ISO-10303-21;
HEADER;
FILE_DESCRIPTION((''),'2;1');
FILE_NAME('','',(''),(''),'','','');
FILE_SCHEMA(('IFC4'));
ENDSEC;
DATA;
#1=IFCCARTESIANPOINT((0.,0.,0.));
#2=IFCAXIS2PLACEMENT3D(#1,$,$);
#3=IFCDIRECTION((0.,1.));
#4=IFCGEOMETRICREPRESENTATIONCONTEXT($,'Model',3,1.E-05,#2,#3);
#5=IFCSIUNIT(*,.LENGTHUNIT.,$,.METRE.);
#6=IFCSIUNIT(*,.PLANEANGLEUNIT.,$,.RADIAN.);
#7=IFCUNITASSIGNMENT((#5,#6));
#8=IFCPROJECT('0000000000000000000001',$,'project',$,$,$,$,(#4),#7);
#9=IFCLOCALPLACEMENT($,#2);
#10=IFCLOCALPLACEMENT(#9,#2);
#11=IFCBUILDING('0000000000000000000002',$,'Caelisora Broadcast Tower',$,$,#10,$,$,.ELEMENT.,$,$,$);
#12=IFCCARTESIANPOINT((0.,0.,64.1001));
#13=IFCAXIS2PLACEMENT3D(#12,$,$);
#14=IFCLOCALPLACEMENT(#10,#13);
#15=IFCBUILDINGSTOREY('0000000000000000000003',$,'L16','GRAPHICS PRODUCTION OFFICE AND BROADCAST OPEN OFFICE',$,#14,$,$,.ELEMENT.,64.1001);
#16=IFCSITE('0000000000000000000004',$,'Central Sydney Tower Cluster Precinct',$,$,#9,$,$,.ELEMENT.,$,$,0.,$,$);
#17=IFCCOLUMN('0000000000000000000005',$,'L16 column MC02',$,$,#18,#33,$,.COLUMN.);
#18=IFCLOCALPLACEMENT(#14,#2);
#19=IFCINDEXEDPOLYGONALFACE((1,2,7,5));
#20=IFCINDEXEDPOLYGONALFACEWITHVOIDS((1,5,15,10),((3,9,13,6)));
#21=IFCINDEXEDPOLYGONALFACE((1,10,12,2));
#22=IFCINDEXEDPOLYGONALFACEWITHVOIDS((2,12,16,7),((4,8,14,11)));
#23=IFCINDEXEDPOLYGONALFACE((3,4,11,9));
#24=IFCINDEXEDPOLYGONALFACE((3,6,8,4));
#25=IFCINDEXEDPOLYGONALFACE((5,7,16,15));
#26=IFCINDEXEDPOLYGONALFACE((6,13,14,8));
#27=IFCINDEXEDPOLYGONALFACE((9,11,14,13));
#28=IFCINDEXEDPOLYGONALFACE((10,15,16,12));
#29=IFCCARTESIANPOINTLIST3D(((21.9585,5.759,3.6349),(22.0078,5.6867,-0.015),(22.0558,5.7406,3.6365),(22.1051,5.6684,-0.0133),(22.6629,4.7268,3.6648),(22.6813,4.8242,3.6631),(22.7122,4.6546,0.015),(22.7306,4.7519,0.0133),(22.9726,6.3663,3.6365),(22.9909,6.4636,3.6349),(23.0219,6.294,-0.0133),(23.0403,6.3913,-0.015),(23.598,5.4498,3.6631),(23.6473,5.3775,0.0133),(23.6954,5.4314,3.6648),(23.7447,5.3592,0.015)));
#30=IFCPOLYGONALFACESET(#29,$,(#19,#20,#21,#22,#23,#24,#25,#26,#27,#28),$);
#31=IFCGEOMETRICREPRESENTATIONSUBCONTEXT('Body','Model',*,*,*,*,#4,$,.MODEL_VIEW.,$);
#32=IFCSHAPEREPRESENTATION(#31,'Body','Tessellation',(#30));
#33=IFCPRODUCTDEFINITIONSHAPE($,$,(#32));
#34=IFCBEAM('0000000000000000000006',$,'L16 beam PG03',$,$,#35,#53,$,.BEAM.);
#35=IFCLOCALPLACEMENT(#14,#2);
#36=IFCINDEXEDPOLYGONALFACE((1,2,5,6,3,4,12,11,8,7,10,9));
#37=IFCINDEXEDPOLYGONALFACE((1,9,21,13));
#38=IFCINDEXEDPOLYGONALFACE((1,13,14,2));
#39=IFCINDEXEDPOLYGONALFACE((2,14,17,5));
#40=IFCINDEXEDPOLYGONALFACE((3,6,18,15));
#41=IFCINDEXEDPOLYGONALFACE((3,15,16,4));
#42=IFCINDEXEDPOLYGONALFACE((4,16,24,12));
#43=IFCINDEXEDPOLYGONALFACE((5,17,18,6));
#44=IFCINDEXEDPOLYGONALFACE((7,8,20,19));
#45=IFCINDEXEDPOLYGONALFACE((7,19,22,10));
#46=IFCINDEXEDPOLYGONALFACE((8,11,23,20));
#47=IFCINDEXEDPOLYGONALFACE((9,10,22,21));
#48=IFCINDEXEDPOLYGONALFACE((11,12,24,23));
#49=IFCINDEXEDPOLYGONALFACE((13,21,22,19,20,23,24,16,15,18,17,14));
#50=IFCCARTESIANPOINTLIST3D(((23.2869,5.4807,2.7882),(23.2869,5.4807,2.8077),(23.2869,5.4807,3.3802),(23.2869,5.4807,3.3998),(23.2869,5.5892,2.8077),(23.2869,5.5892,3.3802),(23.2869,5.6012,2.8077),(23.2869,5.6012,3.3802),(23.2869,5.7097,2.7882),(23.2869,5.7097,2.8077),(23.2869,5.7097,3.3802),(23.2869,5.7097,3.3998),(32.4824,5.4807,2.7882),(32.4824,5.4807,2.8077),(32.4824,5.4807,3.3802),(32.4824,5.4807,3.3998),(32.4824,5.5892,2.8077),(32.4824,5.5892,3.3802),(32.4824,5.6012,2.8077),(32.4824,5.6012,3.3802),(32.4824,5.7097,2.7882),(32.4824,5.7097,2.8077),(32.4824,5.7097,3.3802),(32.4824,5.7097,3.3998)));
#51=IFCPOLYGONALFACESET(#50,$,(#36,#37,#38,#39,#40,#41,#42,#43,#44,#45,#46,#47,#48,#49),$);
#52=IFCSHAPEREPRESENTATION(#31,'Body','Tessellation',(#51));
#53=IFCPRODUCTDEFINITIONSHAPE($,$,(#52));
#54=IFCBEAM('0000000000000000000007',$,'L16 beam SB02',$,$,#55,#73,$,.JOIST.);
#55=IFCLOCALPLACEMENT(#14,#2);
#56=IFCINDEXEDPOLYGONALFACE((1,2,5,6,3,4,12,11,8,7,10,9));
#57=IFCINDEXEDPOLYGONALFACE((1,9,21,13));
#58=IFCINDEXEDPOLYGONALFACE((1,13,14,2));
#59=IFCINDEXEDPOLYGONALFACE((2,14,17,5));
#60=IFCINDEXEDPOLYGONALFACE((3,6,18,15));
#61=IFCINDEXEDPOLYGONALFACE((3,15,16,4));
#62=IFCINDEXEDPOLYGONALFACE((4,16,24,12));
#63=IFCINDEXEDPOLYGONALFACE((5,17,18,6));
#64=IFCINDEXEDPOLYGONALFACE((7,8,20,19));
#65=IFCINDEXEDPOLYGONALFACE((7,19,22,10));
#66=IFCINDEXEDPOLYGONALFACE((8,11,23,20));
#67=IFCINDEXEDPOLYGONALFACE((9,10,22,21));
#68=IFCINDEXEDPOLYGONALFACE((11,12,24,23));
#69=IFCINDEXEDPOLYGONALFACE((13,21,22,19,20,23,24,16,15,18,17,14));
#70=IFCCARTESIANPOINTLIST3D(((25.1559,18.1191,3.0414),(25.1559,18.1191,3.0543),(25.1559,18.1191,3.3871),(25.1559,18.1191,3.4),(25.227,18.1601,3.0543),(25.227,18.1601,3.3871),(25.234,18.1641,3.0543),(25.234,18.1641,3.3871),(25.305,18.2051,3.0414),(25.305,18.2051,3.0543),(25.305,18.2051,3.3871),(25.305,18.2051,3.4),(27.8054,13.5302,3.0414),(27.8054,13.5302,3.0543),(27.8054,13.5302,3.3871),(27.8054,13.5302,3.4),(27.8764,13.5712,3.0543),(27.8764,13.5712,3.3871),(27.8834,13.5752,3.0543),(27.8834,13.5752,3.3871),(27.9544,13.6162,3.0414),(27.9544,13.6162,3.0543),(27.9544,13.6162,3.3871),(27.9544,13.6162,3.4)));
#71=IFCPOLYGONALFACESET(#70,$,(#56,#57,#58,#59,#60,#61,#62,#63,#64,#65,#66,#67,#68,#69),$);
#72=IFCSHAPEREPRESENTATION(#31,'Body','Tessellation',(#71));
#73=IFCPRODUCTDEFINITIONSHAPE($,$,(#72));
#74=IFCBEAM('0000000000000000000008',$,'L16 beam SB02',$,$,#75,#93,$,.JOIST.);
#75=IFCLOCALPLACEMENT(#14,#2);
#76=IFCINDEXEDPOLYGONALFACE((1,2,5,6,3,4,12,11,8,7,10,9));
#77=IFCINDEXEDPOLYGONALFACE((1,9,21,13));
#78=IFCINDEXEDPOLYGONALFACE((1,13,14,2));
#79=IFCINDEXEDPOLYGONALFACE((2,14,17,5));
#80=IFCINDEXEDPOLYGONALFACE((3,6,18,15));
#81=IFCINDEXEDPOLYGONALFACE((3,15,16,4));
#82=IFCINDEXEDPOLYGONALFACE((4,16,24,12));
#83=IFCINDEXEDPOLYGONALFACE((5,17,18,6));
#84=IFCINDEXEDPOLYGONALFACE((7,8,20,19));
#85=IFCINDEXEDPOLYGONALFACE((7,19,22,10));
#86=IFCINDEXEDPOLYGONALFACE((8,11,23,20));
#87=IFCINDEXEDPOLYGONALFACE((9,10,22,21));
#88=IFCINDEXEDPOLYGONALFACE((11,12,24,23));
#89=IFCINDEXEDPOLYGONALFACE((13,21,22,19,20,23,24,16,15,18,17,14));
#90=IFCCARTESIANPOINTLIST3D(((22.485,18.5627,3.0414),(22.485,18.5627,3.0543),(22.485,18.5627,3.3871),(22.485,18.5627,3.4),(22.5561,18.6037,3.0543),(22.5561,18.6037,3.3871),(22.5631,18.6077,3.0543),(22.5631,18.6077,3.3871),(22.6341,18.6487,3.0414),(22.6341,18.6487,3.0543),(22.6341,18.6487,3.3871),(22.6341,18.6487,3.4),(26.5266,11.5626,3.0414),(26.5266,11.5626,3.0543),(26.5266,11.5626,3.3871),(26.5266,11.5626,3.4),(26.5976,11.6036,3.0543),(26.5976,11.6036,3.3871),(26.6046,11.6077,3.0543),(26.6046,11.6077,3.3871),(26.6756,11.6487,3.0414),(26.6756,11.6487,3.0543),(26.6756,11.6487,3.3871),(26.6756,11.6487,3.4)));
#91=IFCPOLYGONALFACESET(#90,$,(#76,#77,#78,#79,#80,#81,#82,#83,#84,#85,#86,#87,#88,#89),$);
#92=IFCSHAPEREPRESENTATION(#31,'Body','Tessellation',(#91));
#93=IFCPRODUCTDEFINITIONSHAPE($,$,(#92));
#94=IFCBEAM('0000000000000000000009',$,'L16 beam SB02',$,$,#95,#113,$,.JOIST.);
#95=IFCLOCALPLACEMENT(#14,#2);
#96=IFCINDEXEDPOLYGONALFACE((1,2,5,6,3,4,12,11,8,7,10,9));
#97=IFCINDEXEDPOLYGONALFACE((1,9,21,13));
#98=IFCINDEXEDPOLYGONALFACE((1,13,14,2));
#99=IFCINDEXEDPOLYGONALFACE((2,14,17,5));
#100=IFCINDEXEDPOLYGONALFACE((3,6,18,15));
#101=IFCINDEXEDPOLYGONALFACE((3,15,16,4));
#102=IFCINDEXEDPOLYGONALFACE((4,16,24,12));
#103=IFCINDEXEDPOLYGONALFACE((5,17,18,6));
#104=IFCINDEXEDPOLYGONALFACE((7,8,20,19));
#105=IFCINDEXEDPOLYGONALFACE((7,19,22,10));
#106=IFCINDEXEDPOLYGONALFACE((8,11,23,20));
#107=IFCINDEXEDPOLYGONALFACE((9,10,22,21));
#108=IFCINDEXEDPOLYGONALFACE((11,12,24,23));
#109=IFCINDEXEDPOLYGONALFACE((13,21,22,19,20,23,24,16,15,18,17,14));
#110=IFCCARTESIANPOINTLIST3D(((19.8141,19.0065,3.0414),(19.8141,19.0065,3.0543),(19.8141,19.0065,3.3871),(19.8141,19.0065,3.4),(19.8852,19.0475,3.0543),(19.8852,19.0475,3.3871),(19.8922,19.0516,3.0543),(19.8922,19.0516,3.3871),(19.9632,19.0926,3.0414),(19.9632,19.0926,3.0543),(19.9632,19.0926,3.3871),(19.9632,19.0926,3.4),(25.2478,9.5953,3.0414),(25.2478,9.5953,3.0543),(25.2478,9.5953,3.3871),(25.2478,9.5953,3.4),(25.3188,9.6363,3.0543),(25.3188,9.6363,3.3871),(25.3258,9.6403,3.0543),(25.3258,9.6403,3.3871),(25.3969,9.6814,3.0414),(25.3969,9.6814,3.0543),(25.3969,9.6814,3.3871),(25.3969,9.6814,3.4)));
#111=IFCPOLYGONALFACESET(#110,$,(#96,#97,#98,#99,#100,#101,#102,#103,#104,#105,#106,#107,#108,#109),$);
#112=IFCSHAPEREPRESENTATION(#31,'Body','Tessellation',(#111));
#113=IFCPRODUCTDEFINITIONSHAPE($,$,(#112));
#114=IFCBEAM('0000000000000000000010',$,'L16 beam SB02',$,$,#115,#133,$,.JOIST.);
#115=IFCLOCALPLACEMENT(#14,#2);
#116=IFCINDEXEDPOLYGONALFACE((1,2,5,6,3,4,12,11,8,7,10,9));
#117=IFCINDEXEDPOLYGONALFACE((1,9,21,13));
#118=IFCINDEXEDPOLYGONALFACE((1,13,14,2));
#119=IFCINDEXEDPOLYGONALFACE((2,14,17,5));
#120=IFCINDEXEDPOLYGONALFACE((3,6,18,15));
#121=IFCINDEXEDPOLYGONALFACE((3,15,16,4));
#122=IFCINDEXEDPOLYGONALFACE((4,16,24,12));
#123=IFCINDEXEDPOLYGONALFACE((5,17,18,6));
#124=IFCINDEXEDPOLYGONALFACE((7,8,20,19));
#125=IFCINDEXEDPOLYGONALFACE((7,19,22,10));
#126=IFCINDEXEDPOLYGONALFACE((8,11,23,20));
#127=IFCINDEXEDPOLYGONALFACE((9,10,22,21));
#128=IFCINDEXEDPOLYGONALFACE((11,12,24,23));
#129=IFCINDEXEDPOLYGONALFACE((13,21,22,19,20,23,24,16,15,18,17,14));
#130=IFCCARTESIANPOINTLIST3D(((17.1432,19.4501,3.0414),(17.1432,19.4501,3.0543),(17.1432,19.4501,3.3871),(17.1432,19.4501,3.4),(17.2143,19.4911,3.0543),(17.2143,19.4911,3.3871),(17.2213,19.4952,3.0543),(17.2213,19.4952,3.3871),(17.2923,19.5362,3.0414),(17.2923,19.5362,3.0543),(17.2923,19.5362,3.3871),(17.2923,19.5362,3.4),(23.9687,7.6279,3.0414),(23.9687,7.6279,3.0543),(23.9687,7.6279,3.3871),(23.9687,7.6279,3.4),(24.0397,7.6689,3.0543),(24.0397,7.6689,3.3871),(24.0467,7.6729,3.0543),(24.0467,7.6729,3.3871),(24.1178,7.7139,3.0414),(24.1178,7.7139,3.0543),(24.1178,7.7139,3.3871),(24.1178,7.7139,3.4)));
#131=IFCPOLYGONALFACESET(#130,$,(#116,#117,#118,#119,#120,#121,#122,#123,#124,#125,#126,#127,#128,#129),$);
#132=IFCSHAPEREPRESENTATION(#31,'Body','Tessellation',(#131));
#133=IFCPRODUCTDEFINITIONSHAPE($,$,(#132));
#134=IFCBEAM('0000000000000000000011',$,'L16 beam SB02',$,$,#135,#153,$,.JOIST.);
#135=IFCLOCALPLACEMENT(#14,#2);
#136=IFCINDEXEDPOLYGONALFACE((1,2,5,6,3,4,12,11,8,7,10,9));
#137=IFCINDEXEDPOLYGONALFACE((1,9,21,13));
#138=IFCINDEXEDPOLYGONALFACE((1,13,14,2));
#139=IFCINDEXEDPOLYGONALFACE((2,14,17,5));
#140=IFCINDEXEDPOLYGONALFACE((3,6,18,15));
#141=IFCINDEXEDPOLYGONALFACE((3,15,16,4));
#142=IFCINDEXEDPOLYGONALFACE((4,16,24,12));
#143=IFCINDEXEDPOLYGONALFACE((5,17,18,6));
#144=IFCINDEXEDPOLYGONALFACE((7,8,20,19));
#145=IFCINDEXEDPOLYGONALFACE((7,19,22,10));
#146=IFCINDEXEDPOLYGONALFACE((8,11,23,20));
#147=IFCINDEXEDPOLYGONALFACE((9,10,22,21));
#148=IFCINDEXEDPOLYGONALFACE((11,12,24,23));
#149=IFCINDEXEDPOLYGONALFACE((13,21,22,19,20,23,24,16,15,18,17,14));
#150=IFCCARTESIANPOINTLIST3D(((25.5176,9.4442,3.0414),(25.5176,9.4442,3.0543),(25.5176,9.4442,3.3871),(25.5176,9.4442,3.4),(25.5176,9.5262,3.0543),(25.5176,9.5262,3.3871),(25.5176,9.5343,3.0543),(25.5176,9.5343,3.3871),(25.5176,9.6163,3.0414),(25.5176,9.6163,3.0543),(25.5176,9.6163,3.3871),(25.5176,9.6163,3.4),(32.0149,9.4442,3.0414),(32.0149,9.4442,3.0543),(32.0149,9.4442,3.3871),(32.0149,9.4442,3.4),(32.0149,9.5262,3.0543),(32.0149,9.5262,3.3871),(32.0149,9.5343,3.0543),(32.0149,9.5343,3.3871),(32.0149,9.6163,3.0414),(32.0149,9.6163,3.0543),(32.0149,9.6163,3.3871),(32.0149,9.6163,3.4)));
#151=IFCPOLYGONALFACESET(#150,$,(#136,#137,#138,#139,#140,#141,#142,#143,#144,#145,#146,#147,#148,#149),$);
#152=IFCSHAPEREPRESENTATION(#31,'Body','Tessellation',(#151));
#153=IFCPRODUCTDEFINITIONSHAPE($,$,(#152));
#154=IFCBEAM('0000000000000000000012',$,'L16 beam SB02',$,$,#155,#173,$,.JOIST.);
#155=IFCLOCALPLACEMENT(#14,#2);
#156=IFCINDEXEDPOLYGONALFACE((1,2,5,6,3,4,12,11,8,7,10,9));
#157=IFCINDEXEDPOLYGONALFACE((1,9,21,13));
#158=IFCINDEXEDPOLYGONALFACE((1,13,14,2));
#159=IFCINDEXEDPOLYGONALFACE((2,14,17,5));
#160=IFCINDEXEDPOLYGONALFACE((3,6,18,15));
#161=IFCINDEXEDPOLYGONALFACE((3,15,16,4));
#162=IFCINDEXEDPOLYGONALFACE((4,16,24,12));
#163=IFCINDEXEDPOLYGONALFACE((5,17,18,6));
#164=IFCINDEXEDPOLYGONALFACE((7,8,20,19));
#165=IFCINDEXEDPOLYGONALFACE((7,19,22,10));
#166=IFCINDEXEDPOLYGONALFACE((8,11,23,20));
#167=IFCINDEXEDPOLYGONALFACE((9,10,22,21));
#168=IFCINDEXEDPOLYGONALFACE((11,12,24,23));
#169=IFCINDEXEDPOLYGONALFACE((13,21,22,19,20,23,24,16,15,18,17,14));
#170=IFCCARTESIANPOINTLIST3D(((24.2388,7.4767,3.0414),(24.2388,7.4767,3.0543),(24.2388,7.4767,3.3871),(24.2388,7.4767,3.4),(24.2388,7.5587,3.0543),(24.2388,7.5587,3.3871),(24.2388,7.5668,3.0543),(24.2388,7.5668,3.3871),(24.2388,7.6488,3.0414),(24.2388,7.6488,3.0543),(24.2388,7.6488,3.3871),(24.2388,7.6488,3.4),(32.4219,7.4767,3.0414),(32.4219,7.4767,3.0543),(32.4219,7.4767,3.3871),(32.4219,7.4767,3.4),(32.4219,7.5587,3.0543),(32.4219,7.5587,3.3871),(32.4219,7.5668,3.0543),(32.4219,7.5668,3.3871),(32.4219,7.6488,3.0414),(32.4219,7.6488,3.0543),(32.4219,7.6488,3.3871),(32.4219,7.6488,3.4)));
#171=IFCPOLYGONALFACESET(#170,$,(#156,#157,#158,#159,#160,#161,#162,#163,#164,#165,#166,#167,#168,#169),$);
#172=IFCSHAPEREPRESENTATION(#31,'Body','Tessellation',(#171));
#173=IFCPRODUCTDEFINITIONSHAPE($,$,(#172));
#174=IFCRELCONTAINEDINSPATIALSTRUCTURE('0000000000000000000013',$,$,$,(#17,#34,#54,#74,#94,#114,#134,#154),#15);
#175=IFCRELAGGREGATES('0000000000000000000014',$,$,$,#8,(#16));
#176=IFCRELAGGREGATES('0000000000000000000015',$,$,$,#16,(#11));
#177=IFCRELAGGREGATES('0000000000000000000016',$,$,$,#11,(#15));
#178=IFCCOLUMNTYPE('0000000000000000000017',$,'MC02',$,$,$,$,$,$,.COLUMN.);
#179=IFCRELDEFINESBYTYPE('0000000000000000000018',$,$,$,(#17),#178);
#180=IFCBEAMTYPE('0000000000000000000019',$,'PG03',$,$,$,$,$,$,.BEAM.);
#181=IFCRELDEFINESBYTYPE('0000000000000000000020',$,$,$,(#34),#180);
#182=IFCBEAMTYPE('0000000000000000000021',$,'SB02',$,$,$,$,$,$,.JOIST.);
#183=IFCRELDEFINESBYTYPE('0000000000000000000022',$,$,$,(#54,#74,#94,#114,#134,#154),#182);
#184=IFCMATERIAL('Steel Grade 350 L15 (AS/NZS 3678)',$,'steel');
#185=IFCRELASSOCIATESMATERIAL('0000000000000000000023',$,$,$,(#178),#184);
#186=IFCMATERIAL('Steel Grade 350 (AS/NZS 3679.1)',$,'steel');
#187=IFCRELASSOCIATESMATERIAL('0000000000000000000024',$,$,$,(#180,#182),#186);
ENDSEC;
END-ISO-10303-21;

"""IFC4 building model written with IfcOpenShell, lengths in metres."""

from ifc_helpers import new_model, si_unit, direction, frame, origin, origin_2d, place, context, subcontext, project, spatial, hollow_rectangle, i_section, extrude, source, transform, mapped, material, material_profile, profile_set, type_object, type_shapes, element, save


model = new_model("IFC4")

# Units and contexts
model_context = context("Model", 3, precision=1e-05, world=origin(), true_north=direction((0.0, 1.0)))
body_context = subcontext(model_context, "Body", "Model", "MODEL_VIEW")
ifc_project = project(units=[si_unit("LENGTHUNIT", "METRE"), si_unit("PLANEANGLEUNIT", "RADIAN")], contexts=[model_context])

# Site, building, storey
site_placement = place(None, origin())
site = spatial("IfcSite", under=ifc_project, at=site_placement, Name="Central Sydney Tower Cluster Precinct", CompositionType="ELEMENT", RefElevation=0.0)
building_placement = place(site_placement, origin())
building = spatial("IfcBuilding", under=site, at=building_placement, Name="Caelisora Broadcast Tower", CompositionType="ELEMENT")
storey_placement = place(building_placement, frame((0.0, 0.0, 64.1001)))
storey = spatial("IfcBuildingStorey", under=building, at=storey_placement, Name="L16", Description="GRAPHICS PRODUCTION OFFICE AND BROADCAST OPEN OFFICE", CompositionType="ELEMENT", Elevation=64.1001)

# Column
ifc_material_1 = material(Name="Steel Grade 350 L15 (AS/NZS 3678)", Category="steel")
ifc_material_profile_1 = material_profile(ifc_material_1, hollow_rectangle(XDim=1.25, YDim=1.25, WallThickness=0.0701, at=origin_2d()), Name="Steel Grade 350 L15 (AS/NZS 3678)")
ifc_profile_set_1 = profile_set([ifc_material_profile_1], Name="Steel Grade 350 L15 (AS/NZS 3678)")
column_type = type_object("IfcColumnType", Name="MC02", PredefinedType="COLUMN", material=ifc_profile_set_1)
shared_shape_1 = source(origin(), body_context, "Body", "SweptSolid", [
    extrude(hollow_rectangle(XDim=1.25, YDim=1.25, WallThickness=0.0701, at=origin_2d()), origin(), (0.0, 0.0, 1.0), 3.6509),
])
type_shapes(column_type, [shared_shape_1])
column_placement = place(storey_placement, frame((22.8762, 5.5229, 0.0), z_axis=(-0.013508, 0.019794, 0.999713), x_axis=(-0.825991, -0.563683, 0.0)))
element("IfcColumn", 1, at=column_placement, inside=storey, type_object=column_type, Name="L16 column MC02", PredefinedType="COLUMN", context=body_context, shape_type="MappedRepresentation", body=[
    mapped(shared_shape_1, transform((0.0, 0.0, 0.0), scale=1.0)),
])

# Beams
ifc_material_2 = material(Name="Steel Grade 350 (AS/NZS 3679.1)", Category="steel")
ifc_material_profile_2 = material_profile(ifc_material_2, i_section(OverallWidth=0.229, OverallDepth=0.6116, WebThickness=0.012, FlangeThickness=0.0195, at=origin_2d()), Name="Steel Grade 350 (AS/NZS 3679.1)")
ifc_profile_set_2 = profile_set([ifc_material_profile_2], Name="Steel Grade 350 (AS/NZS 3679.1)")
beam_type_1 = type_object("IfcBeamType", Name="PG03", PredefinedType="BEAM", material=ifc_profile_set_2)
shared_shape_2 = source(origin(), body_context, "Body", "SweptSolid", [
    extrude(i_section(OverallWidth=0.229, OverallDepth=0.6116, WebThickness=0.012, FlangeThickness=0.0195, at=origin_2d()), origin(), (0.0, 0.0, 1.0), 9.1956),
])
type_shapes(beam_type_1, [shared_shape_2])
beam_1_placement = place(storey_placement, frame((23.2869, 5.5952, 3.094), z_axis=(1.0, 0.0, 0.0), x_axis=(0.0, 1.0, 0.0)))
element("IfcBeam", 2, at=beam_1_placement, inside=storey, type_object=beam_type_1, Name="L16 beam PG03", PredefinedType="BEAM", context=body_context, shape_type="MappedRepresentation", body=[
    mapped(shared_shape_2, transform((0.0, 0.0, 0.0), scale=1.0)),
])
ifc_material_profile_3 = material_profile(ifc_material_2, i_section(OverallWidth=0.1721, OverallDepth=0.3586, WebThickness=0.0081, FlangeThickness=0.0129, at=origin_2d()), Name="Steel Grade 350 (AS/NZS 3679.1)")
ifc_profile_set_3 = profile_set([ifc_material_profile_3], Name="Steel Grade 350 (AS/NZS 3679.1)")
beam_type_2 = type_object("IfcBeamType", Name="SB02", PredefinedType="JOIST", material=ifc_profile_set_3)
shared_shape_3 = source(origin(), body_context, "Body", "SweptSolid", [
    extrude(i_section(OverallWidth=0.1721, OverallDepth=0.3586, WebThickness=0.0081, FlangeThickness=0.0129, at=origin_2d()), origin(), (0.0, 0.0, 1.0), 5.2988),
])
beam_2_placement = place(storey_placement, frame((25.2305, 18.1621, 3.2207), z_axis=(0.500004, -0.866023, 0.0), x_axis=(0.866023, 0.500004, 0.0)))
element("IfcBeam", 3, at=beam_2_placement, inside=storey, type_object=beam_type_2, Name="L16 beam SB02", PredefinedType="JOIST", context=body_context, shape_type="MappedRepresentation", body=[
    mapped(shared_shape_3, transform((0.0, 0.0, 0.0), scale=1.0)),
])
shared_shape_4 = source(origin(), body_context, "Body", "SweptSolid", [
    extrude(i_section(OverallWidth=0.1721, OverallDepth=0.3586, WebThickness=0.0081, FlangeThickness=0.0129, at=origin_2d()), origin(), (0.0, 0.0, 1.0), 8.083),
])
beam_3_placement = place(storey_placement, frame((22.5596, 18.6057, 3.2207), z_axis=(0.500005, -0.866023, 0.0), x_axis=(0.866023, 0.500005, 0.0)))
element("IfcBeam", 4, at=beam_3_placement, inside=storey, type_object=beam_type_2, Name="L16 beam SB02", PredefinedType="JOIST", context=body_context, shape_type="MappedRepresentation", body=[
    mapped(shared_shape_4, transform((0.0, 0.0, 0.0), scale=1.0)),
])
shared_shape_5 = source(origin(), body_context, "Body", "SweptSolid", [
    extrude(i_section(OverallWidth=0.1721, OverallDepth=0.3586, WebThickness=0.0081, FlangeThickness=0.0129, at=origin_2d()), origin(), (0.0, 0.0, 1.0), 10.8672),
])
beam_4_placement = place(storey_placement, frame((19.8887, 19.0496, 3.2207), z_axis=(0.500005, -0.866022, 0.0), x_axis=(0.866022, 0.500005, 0.0)))
element("IfcBeam", 5, at=beam_4_placement, inside=storey, type_object=beam_type_2, Name="L16 beam SB02", PredefinedType="JOIST", context=body_context, shape_type="MappedRepresentation", body=[
    mapped(shared_shape_5, transform((0.0, 0.0, 0.0), scale=1.0)),
])
shared_shape_6 = source(origin(), body_context, "Body", "SweptSolid", [
    extrude(i_section(OverallWidth=0.1721, OverallDepth=0.3586, WebThickness=0.0081, FlangeThickness=0.0129, at=origin_2d()), origin(), (0.0, 0.0, 1.0), 13.6511),
])
beam_5_placement = place(storey_placement, frame((17.2178, 19.4932, 3.2207), z_axis=(0.499992, -0.86603, 0.0), x_axis=(0.86603, 0.499992, 0.0)))
element("IfcBeam", 6, at=beam_5_placement, inside=storey, type_object=beam_type_2, Name="L16 beam SB02", PredefinedType="JOIST", context=body_context, shape_type="MappedRepresentation", body=[
    mapped(shared_shape_6, transform((0.0, 0.0, 0.0), scale=1.0)),
])
shared_shape_7 = source(origin(), body_context, "Body", "SweptSolid", [
    extrude(i_section(OverallWidth=0.1721, OverallDepth=0.3586, WebThickness=0.0081, FlangeThickness=0.0129, at=origin_2d()), origin(), (0.0, 0.0, 1.0), 6.4973),
])
beam_6_placement = place(storey_placement, frame((25.5176, 9.5303, 3.2207), z_axis=(1.0, 0.0, 0.0), x_axis=(0.0, 1.0, 0.0)))
element("IfcBeam", 7, at=beam_6_placement, inside=storey, type_object=beam_type_2, Name="L16 beam SB02", PredefinedType="JOIST", context=body_context, shape_type="MappedRepresentation", body=[
    mapped(shared_shape_7, transform((0.0, 0.0, 0.0), scale=1.0)),
])
shared_shape_8 = source(origin(), body_context, "Body", "SweptSolid", [
    extrude(i_section(OverallWidth=0.1721, OverallDepth=0.3586, WebThickness=0.0081, FlangeThickness=0.0129, at=origin_2d()), origin(), (0.0, 0.0, 1.0), 8.1831),
])
type_shapes(beam_type_2, [shared_shape_3, shared_shape_4, shared_shape_5, shared_shape_6, shared_shape_7, shared_shape_8])
beam_7_placement = place(storey_placement, frame((24.2388, 7.5627, 3.2207), z_axis=(1.0, 0.0, 0.0), x_axis=(0.0, 1.0, 0.0)))
element("IfcBeam", 8, at=beam_7_placement, inside=storey, type_object=beam_type_2, Name="L16 beam SB02", PredefinedType="JOIST", context=body_context, shape_type="MappedRepresentation", body=[
    mapped(shared_shape_8, transform((0.0, 0.0, 0.0), scale=1.0)),
])

save(model, "model.ifc")
